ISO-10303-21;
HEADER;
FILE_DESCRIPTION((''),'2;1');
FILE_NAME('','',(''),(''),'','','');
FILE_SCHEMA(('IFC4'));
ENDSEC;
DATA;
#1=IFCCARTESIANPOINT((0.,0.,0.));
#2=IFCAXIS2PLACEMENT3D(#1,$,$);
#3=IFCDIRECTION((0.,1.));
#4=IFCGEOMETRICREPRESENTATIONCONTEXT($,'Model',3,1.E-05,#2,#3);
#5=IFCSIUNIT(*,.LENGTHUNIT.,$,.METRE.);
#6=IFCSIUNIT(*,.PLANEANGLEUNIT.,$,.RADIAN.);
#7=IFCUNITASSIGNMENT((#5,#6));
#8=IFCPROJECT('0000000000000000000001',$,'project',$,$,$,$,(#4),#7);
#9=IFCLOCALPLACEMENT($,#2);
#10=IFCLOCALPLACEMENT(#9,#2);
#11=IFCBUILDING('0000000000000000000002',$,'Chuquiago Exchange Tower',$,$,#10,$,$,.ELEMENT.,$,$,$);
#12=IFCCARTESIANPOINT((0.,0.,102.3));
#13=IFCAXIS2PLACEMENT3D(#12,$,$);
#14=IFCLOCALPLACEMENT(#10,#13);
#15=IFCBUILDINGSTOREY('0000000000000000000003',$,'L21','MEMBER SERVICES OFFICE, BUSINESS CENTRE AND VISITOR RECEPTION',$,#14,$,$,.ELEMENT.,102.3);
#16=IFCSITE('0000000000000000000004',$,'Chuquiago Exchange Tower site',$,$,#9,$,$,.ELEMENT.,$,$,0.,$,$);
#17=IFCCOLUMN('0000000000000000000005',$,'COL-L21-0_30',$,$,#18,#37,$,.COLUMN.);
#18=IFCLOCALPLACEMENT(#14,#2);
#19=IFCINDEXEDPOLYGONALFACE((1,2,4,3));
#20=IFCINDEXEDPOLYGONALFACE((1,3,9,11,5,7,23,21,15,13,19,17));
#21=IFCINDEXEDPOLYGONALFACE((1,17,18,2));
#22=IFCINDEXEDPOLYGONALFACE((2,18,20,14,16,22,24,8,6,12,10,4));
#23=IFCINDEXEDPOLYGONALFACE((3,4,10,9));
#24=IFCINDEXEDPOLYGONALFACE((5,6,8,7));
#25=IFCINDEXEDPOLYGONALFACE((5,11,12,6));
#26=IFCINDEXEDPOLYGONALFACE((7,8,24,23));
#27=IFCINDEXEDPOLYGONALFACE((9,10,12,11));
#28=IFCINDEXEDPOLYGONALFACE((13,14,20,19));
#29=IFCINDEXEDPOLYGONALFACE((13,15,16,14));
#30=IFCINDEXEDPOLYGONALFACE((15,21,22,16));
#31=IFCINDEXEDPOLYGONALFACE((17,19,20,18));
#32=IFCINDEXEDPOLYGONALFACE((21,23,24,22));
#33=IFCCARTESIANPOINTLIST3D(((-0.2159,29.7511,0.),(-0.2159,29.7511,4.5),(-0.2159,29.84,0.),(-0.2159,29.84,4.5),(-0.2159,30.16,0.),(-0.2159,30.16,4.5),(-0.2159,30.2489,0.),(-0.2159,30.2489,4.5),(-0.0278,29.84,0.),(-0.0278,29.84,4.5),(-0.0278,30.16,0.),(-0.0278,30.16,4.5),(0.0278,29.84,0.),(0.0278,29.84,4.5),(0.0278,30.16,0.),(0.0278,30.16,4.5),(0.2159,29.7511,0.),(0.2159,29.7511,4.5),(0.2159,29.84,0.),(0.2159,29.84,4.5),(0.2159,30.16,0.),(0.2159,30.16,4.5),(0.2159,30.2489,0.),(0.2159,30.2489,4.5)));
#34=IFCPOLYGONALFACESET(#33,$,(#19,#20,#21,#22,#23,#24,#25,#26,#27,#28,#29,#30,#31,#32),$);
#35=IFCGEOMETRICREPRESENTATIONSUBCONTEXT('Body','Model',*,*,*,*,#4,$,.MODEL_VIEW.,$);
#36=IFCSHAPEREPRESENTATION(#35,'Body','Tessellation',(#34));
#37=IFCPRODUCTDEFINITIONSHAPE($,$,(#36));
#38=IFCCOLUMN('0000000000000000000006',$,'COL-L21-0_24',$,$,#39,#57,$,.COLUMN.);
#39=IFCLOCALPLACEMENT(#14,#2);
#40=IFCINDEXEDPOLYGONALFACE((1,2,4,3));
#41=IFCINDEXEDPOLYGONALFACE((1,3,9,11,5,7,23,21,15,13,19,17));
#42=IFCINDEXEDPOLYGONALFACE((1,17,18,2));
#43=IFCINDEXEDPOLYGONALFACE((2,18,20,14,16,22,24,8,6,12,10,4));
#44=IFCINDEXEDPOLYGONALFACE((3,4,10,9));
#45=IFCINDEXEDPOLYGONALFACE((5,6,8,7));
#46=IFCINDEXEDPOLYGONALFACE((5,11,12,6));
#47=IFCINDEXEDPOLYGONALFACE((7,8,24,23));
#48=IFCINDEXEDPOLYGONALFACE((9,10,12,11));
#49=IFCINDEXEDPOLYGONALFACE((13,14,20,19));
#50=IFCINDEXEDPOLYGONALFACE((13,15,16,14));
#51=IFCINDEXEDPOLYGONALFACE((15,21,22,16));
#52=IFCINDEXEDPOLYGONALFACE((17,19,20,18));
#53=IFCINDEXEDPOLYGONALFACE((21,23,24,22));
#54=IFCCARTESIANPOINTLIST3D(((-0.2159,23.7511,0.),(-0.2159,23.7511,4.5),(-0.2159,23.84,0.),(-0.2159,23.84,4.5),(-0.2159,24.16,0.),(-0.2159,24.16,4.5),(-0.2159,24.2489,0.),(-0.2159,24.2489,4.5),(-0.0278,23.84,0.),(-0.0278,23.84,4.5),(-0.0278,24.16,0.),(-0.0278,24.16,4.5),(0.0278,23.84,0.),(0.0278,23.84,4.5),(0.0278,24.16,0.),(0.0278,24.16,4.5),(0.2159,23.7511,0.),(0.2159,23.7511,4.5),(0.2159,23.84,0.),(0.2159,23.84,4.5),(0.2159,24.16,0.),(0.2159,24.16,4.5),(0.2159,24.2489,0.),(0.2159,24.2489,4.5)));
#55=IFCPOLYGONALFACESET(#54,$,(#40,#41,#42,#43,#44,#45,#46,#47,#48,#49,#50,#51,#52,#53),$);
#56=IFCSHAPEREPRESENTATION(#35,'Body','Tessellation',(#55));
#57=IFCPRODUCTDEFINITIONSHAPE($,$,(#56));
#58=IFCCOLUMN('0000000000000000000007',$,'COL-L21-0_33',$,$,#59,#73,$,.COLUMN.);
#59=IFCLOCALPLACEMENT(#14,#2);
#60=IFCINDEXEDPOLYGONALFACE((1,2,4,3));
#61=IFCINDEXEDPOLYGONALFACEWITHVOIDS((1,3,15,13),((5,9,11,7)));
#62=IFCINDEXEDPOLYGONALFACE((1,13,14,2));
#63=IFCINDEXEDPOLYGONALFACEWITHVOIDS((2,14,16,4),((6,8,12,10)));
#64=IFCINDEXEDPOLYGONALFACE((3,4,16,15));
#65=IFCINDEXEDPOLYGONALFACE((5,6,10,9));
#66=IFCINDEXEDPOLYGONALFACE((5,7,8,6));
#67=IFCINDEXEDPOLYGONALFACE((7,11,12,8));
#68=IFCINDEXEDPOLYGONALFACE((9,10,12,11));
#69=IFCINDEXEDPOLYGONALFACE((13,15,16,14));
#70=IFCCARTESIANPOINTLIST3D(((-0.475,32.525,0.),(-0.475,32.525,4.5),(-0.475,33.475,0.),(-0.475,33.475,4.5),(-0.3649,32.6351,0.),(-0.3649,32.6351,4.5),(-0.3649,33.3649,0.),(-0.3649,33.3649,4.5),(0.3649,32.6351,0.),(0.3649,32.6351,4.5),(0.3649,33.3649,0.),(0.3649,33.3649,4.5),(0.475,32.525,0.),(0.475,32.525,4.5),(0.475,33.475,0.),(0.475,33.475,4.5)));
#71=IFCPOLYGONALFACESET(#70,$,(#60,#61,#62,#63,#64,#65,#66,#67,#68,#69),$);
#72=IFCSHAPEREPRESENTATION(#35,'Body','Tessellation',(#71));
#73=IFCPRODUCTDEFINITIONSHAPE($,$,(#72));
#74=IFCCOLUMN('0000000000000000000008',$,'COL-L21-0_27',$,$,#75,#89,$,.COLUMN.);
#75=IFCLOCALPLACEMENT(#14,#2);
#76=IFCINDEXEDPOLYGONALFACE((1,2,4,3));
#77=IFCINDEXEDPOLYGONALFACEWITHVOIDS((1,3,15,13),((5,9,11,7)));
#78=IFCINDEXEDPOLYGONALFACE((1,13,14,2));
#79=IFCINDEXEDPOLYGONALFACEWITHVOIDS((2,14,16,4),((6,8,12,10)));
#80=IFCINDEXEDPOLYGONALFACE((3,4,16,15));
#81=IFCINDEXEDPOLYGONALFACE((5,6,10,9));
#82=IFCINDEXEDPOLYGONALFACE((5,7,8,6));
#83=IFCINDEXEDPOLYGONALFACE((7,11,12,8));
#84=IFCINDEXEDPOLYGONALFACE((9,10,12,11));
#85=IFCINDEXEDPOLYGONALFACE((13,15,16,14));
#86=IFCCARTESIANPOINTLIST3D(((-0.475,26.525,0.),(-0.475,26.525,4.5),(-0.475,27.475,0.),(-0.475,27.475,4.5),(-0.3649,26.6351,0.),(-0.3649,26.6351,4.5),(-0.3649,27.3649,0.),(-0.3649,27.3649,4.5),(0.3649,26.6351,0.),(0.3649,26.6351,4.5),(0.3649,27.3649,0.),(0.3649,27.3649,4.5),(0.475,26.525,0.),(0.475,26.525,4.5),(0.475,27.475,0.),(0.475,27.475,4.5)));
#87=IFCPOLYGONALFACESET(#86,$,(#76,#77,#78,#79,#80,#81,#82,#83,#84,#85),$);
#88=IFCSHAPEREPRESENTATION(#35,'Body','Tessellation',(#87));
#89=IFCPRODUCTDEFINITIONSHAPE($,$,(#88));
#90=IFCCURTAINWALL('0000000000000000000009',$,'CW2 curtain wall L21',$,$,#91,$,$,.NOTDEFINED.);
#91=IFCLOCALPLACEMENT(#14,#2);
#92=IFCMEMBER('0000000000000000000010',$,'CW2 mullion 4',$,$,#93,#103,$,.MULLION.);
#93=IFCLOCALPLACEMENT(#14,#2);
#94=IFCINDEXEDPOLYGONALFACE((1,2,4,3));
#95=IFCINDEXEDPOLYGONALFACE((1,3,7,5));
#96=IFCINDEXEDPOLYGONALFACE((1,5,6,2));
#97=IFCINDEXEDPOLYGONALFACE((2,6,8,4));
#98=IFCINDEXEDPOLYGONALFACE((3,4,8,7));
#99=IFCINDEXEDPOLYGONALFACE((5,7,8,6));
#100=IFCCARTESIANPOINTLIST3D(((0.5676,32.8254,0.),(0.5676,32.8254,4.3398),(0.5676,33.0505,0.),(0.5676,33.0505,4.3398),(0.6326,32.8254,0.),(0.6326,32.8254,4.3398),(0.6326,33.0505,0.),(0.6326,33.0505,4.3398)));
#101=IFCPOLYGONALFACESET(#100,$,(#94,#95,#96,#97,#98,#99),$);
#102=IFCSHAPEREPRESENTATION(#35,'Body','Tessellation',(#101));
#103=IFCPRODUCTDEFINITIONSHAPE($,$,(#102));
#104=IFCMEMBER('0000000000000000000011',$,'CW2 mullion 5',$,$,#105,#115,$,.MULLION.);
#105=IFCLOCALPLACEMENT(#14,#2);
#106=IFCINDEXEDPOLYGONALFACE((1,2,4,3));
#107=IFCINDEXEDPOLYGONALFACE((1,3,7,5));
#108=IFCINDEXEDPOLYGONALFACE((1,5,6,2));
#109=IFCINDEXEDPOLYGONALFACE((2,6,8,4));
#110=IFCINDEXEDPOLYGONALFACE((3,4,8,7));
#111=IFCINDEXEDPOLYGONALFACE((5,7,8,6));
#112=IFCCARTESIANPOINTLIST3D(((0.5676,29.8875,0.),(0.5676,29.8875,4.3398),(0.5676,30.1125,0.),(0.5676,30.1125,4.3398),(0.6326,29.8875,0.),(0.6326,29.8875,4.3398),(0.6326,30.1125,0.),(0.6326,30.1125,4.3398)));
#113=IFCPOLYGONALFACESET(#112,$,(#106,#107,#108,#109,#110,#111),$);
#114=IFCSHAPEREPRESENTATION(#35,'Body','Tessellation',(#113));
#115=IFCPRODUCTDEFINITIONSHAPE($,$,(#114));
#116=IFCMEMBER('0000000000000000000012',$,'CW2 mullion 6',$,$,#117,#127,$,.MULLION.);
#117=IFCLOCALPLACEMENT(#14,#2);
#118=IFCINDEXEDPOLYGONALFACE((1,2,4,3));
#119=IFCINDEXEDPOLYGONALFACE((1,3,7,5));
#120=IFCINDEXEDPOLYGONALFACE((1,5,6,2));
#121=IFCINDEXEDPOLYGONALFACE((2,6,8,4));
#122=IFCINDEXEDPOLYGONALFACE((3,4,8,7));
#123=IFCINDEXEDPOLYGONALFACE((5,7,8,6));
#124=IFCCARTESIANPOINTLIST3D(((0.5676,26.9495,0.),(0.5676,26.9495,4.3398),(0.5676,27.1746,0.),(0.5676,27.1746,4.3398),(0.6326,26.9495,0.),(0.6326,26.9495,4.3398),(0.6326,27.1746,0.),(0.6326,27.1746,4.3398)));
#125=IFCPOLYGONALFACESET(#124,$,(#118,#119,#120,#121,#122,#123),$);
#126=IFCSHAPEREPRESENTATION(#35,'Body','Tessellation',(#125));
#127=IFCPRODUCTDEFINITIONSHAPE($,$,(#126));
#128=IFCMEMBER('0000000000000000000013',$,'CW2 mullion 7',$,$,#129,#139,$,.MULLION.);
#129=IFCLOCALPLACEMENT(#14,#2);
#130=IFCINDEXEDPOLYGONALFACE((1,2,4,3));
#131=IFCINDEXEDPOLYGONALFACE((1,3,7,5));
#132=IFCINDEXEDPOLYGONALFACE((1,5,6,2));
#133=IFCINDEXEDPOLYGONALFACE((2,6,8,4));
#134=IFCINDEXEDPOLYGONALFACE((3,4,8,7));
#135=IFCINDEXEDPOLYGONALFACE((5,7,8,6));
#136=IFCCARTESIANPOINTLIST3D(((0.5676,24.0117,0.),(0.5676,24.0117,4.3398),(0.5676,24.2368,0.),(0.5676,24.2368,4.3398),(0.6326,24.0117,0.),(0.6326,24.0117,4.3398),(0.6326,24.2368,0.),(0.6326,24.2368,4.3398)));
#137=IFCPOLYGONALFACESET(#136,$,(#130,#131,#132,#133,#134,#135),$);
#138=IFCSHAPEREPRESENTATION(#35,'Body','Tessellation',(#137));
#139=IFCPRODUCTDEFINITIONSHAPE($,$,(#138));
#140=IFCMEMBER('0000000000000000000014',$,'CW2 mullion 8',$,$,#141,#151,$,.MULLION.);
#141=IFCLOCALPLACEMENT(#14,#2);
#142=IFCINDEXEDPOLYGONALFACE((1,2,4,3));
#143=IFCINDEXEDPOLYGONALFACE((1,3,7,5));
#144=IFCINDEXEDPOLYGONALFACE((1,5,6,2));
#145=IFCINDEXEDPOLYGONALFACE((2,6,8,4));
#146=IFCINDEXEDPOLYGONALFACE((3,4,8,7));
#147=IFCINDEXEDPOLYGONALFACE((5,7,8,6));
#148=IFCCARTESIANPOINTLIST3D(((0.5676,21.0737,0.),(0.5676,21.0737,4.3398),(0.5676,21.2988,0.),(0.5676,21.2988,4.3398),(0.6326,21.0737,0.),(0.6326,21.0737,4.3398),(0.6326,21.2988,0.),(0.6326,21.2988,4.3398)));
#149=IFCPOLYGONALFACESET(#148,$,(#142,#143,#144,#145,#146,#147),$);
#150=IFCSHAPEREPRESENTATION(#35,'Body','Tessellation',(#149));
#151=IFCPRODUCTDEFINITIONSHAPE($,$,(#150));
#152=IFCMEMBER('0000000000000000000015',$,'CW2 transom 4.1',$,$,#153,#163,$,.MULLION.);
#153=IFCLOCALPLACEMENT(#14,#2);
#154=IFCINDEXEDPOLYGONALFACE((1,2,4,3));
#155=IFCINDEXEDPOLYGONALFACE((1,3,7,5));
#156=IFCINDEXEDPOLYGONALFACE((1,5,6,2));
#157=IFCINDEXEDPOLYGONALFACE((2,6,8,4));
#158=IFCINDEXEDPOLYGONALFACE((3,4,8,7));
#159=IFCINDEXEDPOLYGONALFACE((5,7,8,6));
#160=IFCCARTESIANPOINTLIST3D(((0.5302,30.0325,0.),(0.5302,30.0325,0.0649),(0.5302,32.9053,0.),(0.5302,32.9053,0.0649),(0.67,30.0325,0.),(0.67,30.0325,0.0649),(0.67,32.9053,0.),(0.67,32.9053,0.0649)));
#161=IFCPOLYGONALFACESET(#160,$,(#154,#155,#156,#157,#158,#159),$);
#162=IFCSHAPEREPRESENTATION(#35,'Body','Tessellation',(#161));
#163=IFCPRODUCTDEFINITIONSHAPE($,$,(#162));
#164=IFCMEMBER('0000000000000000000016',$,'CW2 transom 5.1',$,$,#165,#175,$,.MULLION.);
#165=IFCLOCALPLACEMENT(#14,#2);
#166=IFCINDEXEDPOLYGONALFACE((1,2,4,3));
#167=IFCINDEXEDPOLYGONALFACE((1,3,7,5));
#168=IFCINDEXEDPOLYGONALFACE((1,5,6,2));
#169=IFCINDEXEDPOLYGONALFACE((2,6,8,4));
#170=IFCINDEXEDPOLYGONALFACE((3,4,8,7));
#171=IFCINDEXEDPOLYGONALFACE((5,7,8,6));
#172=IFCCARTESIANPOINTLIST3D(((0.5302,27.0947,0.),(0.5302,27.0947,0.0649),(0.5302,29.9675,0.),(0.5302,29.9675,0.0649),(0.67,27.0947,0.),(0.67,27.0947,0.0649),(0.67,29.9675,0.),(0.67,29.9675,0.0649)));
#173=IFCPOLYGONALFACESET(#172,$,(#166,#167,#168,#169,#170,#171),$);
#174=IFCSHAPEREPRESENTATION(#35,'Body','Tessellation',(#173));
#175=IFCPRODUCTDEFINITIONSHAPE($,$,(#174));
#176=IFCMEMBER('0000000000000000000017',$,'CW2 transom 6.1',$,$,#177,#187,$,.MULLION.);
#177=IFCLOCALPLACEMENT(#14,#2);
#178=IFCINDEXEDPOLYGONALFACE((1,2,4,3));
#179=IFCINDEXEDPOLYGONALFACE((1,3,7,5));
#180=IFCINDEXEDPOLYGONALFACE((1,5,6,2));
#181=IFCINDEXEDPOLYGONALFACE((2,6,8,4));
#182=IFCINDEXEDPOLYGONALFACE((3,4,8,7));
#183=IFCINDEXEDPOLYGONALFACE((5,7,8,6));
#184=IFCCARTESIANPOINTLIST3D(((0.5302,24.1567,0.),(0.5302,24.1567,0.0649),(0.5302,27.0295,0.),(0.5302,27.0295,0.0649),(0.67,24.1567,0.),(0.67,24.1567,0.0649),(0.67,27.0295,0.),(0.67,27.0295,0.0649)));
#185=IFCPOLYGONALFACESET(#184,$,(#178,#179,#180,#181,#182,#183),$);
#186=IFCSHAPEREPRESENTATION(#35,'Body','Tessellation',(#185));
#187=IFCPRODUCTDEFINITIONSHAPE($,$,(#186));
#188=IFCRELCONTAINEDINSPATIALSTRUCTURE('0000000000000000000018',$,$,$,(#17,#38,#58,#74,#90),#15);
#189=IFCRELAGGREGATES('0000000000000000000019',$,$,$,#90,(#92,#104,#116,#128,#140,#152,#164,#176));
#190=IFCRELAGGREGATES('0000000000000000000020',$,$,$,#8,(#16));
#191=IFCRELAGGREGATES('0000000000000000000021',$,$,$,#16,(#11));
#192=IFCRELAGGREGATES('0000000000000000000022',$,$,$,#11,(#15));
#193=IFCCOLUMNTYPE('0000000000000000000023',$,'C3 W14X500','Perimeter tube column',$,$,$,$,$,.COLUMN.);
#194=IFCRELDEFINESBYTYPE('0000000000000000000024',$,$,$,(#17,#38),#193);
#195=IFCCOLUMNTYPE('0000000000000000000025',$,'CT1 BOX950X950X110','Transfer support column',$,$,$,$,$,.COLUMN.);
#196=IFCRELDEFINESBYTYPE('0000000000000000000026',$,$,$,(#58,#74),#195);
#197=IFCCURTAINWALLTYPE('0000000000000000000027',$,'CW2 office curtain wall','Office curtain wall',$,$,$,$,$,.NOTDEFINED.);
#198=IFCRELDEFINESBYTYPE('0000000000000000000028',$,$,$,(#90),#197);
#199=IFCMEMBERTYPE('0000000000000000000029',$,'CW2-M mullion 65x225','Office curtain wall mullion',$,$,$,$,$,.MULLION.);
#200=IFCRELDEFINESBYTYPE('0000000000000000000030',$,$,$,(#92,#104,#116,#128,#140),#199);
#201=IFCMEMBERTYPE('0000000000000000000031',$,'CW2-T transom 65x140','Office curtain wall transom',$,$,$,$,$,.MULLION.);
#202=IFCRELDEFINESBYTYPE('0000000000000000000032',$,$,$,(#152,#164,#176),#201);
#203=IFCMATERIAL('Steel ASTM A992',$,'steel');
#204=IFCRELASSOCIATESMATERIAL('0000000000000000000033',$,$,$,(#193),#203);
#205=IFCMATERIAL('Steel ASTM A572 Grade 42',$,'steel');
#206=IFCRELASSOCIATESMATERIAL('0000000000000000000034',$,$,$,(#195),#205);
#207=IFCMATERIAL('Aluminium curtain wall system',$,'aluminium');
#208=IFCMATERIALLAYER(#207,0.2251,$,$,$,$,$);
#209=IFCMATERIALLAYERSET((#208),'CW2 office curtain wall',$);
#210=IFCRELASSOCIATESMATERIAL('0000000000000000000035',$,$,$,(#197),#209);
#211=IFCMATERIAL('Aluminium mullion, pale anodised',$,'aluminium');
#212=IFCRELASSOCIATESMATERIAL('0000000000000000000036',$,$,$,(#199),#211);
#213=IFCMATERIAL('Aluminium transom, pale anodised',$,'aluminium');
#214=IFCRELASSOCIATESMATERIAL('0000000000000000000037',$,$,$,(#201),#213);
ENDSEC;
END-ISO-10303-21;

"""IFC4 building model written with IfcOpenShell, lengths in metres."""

from ifc_helpers import new_model, si_unit, direction, frame, origin, origin_2d, place, context, subcontext, project, spatial, rectangle, hollow_rectangle, i_section, extrude, material, layer, layer_set, material_profile, profile_set, type_object, element, aggregate, save


model = new_model("IFC4")

# Units and contexts
model_context = context("Model", 3, precision=1e-05, world=origin(), true_north=direction((0.0, 1.0)))
body_context = subcontext(model_context, "Body", "Model", "MODEL_VIEW")
ifc_project = project(units=[si_unit("LENGTHUNIT", "METRE"), si_unit("PLANEANGLEUNIT", "RADIAN")], contexts=[model_context])

# Site, building, storey
site_placement = place(None, origin())
site = spatial("IfcSite", under=ifc_project, at=site_placement, Name="Chuquiago Exchange Tower site", CompositionType="ELEMENT", RefElevation=0.0)
building_placement = place(site_placement, origin())
building = spatial("IfcBuilding", under=site, at=building_placement, Name="Chuquiago Exchange Tower", CompositionType="ELEMENT")
storey_placement = place(building_placement, frame((0.0, 0.0, 102.3)))
storey = spatial("IfcBuildingStorey", under=building, at=storey_placement, Name="L21", Description="MEMBER SERVICES OFFICE, BUSINESS CENTRE AND VISITOR RECEPTION", CompositionType="ELEMENT", Elevation=102.3)

# Columns
ifc_material_1 = material(Name="Steel ASTM A992", Category="steel")
ifc_material_profile_1 = material_profile(ifc_material_1, i_section(OverallWidth=0.4319, OverallDepth=0.4978, WebThickness=0.0557, FlangeThickness=0.0889, at=origin_2d()), Name="W14X500")
ifc_profile_set_1 = profile_set([ifc_material_profile_1], Name="Steel ASTM A992")
column_type_1 = type_object("IfcColumnType", Name="C3 W14X500", Description="Perimeter tube column", PredefinedType="COLUMN", material=ifc_profile_set_1)
for number, where, z_axis, x_axis, name in (
    (1, (0.0, 30.0, 0.0), (0.0, 0.0, 1.0), (-1.0, 0.0, 0.0), "COL-L21-0_30"),
    (2, (0.0, 24.0, 0.0), (0.0, 0.0, 1.0), (-1.0, 0.0, 0.0), "COL-L21-0_24"),
):
    element("IfcColumn", number, at=place(storey_placement, frame(where, z_axis=z_axis, x_axis=x_axis)), inside=storey, type_object=column_type_1, Name=name, PredefinedType="COLUMN", context=body_context, shape_type="SweptSolid", body=[
        extrude(i_section(OverallWidth=0.4319, OverallDepth=0.4978, WebThickness=0.0557, FlangeThickness=0.0889, at=origin_2d()), origin(), (0.0, 0.0, 1.0), 4.5),
    ])
ifc_material_2 = material(Name="Steel ASTM A572 Grade 42", Category="steel")
ifc_material_profile_2 = material_profile(ifc_material_2, hollow_rectangle(XDim=0.95, YDim=0.95, WallThickness=0.1101, at=origin_2d()), Name="BOX950X950X110")
ifc_profile_set_2 = profile_set([ifc_material_profile_2], Name="Steel ASTM A572 Grade 42")
column_type_2 = type_object("IfcColumnType", Name="CT1 BOX950X950X110", Description="Transfer support column", PredefinedType="COLUMN", material=ifc_profile_set_2)
for number, where, z_axis, x_axis, name in (
    (3, (0.0, 33.0, 0.0), (0.0, 0.0, 1.0), (-1.0, 0.0, 0.0), "COL-L21-0_33"),
    (4, (0.0, 27.0, 0.0), (0.0, 0.0, 1.0), (-1.0, 0.0, 0.0), "COL-L21-0_27"),
):
    element("IfcColumn", number, at=place(storey_placement, frame(where, z_axis=z_axis, x_axis=x_axis)), inside=storey, type_object=column_type_2, Name=name, PredefinedType="COLUMN", context=body_context, shape_type="SweptSolid", body=[
        extrude(hollow_rectangle(XDim=0.95, YDim=0.95, WallThickness=0.1101, at=origin_2d()), origin(), (0.0, 0.0, 1.0), 4.5),
    ])

# Curtain wall, members
ifc_material_3 = material(Name="Aluminium curtain wall system", Category="aluminium")
ifc_layer_1 = layer(ifc_material_3, 0.2251)
ifc_layer_set_1 = layer_set([ifc_layer_1], Name="CW2 office curtain wall")
curtain_wall_type = type_object("IfcCurtainWallType", Name="CW2 office curtain wall", Description="Office curtain wall", PredefinedType="NOTDEFINED", material=ifc_layer_set_1)
curtain_wall_placement = place(storey_placement, origin())
curtain_wall = element("IfcCurtainWall", 5, at=curtain_wall_placement, inside=storey, type_object=curtain_wall_type, Name="CW2 curtain wall L21", PredefinedType="NOTDEFINED")
ifc_material_4 = material(Name="Aluminium mullion, pale anodised", Category="aluminium")
ifc_material_profile_3 = material_profile(ifc_material_4, rectangle(XDim=0.0649, YDim=0.2251, at=origin_2d()), Name="AL 65x225")
ifc_profile_set_3 = profile_set([ifc_material_profile_3], Name="Aluminium mullion, pale anodised")
member_type_1 = type_object("IfcMemberType", Name="CW2-M mullion 65x225", Description="Office curtain wall mullion", PredefinedType="MULLION", material=ifc_profile_set_3)
member_1_placement = place(storey_placement, frame((0.6001, 32.938, 0.0), z_axis=(0.0, 0.0, 1.0), x_axis=(1.0, 0.0, 0.0)))
member_1 = element("IfcMember", 6, at=member_1_placement, type_object=member_type_1, Name="CW2 mullion 4", PredefinedType="MULLION", context=body_context, shape_type="SweptSolid", body=[
    extrude(rectangle(XDim=0.0649, YDim=0.2251, at=origin_2d()), origin(), (0.0, 0.0, 1.0), 4.3398),
])
member_2_placement = place(storey_placement, frame((0.6001, 30.0, 0.0), z_axis=(0.0, 0.0, 1.0), x_axis=(1.0, 0.0, 0.0)))
member_2 = element("IfcMember", 7, at=member_2_placement, type_object=member_type_1, Name="CW2 mullion 5", PredefinedType="MULLION", context=body_context, shape_type="SweptSolid", body=[
    extrude(rectangle(XDim=0.0649, YDim=0.2251, at=origin_2d()), origin(), (0.0, 0.0, 1.0), 4.3398),
])
member_3_placement = place(storey_placement, frame((0.6001, 27.062, 0.0), z_axis=(0.0, 0.0, 1.0), x_axis=(1.0, 0.0, 0.0)))
member_3 = element("IfcMember", 8, at=member_3_placement, type_object=member_type_1, Name="CW2 mullion 6", PredefinedType="MULLION", context=body_context, shape_type="SweptSolid", body=[
    extrude(rectangle(XDim=0.0649, YDim=0.2251, at=origin_2d()), origin(), (0.0, 0.0, 1.0), 4.3398),
])
member_4_placement = place(storey_placement, frame((0.6001, 24.1243, 0.0), z_axis=(0.0, 0.0, 1.0), x_axis=(1.0, 0.0, 0.0)))
member_4 = element("IfcMember", 9, at=member_4_placement, type_object=member_type_1, Name="CW2 mullion 7", PredefinedType="MULLION", context=body_context, shape_type="SweptSolid", body=[
    extrude(rectangle(XDim=0.0649, YDim=0.2251, at=origin_2d()), origin(), (0.0, 0.0, 1.0), 4.3398),
])
member_5_placement = place(storey_placement, frame((0.6001, 21.1863, 0.0), z_axis=(0.0, 0.0, 1.0), x_axis=(1.0, 0.0, 0.0)))
member_5 = element("IfcMember", 10, at=member_5_placement, type_object=member_type_1, Name="CW2 mullion 8", PredefinedType="MULLION", context=body_context, shape_type="SweptSolid", body=[
    extrude(rectangle(XDim=0.0649, YDim=0.2251, at=origin_2d()), origin(), (0.0, 0.0, 1.0), 4.3398),
])
ifc_material_5 = material(Name="Aluminium transom, pale anodised", Category="aluminium")
ifc_material_profile_4 = material_profile(ifc_material_5, rectangle(XDim=0.1399, YDim=0.0649, at=origin_2d()), Name="AL 140x65")
ifc_profile_set_4 = profile_set([ifc_material_profile_4], Name="Aluminium transom, pale anodised")
member_type_2 = type_object("IfcMemberType", Name="CW2-T transom 65x140", Description="Office curtain wall transom", PredefinedType="MULLION", material=ifc_profile_set_4)
member_6_placement = place(storey_placement, frame((0.6001, 32.9053, 0.0325), z_axis=(0.0, -1.0, 0.0), x_axis=(1.0, 0.0, 0.0)))
member_6 = element("IfcMember", 11, at=member_6_placement, type_object=member_type_2, Name="CW2 transom 4.1", PredefinedType="MULLION", context=body_context, shape_type="SweptSolid", body=[
    extrude(rectangle(XDim=0.1399, YDim=0.0649, at=origin_2d()), origin(), (0.0, 0.0, 1.0), 2.8728),
])
member_7_placement = place(storey_placement, frame((0.6001, 29.9675, 0.0325), z_axis=(0.0, -1.0, 0.0), x_axis=(1.0, 0.0, 0.0)))
member_7 = element("IfcMember", 12, at=member_7_placement, type_object=member_type_2, Name="CW2 transom 5.1", PredefinedType="MULLION", context=body_context, shape_type="SweptSolid", body=[
    extrude(rectangle(XDim=0.1399, YDim=0.0649, at=origin_2d()), origin(), (0.0, 0.0, 1.0), 2.8728),
])
member_8_placement = place(storey_placement, frame((0.6001, 27.0295, 0.0325), z_axis=(0.0, -1.0, 0.0), x_axis=(1.0, 0.0, 0.0)))
member_8 = element("IfcMember", 13, at=member_8_placement, type_object=member_type_2, Name="CW2 transom 6.1", PredefinedType="MULLION", context=body_context, shape_type="SweptSolid", body=[
    extrude(rectangle(XDim=0.1399, YDim=0.0649, at=origin_2d()), origin(), (0.0, 0.0, 1.0), 2.8728),
])

aggregate(curtain_wall, [member_1, member_2, member_3, member_4, member_5, member_6, member_7, member_8])

save(model, "model.ifc")
